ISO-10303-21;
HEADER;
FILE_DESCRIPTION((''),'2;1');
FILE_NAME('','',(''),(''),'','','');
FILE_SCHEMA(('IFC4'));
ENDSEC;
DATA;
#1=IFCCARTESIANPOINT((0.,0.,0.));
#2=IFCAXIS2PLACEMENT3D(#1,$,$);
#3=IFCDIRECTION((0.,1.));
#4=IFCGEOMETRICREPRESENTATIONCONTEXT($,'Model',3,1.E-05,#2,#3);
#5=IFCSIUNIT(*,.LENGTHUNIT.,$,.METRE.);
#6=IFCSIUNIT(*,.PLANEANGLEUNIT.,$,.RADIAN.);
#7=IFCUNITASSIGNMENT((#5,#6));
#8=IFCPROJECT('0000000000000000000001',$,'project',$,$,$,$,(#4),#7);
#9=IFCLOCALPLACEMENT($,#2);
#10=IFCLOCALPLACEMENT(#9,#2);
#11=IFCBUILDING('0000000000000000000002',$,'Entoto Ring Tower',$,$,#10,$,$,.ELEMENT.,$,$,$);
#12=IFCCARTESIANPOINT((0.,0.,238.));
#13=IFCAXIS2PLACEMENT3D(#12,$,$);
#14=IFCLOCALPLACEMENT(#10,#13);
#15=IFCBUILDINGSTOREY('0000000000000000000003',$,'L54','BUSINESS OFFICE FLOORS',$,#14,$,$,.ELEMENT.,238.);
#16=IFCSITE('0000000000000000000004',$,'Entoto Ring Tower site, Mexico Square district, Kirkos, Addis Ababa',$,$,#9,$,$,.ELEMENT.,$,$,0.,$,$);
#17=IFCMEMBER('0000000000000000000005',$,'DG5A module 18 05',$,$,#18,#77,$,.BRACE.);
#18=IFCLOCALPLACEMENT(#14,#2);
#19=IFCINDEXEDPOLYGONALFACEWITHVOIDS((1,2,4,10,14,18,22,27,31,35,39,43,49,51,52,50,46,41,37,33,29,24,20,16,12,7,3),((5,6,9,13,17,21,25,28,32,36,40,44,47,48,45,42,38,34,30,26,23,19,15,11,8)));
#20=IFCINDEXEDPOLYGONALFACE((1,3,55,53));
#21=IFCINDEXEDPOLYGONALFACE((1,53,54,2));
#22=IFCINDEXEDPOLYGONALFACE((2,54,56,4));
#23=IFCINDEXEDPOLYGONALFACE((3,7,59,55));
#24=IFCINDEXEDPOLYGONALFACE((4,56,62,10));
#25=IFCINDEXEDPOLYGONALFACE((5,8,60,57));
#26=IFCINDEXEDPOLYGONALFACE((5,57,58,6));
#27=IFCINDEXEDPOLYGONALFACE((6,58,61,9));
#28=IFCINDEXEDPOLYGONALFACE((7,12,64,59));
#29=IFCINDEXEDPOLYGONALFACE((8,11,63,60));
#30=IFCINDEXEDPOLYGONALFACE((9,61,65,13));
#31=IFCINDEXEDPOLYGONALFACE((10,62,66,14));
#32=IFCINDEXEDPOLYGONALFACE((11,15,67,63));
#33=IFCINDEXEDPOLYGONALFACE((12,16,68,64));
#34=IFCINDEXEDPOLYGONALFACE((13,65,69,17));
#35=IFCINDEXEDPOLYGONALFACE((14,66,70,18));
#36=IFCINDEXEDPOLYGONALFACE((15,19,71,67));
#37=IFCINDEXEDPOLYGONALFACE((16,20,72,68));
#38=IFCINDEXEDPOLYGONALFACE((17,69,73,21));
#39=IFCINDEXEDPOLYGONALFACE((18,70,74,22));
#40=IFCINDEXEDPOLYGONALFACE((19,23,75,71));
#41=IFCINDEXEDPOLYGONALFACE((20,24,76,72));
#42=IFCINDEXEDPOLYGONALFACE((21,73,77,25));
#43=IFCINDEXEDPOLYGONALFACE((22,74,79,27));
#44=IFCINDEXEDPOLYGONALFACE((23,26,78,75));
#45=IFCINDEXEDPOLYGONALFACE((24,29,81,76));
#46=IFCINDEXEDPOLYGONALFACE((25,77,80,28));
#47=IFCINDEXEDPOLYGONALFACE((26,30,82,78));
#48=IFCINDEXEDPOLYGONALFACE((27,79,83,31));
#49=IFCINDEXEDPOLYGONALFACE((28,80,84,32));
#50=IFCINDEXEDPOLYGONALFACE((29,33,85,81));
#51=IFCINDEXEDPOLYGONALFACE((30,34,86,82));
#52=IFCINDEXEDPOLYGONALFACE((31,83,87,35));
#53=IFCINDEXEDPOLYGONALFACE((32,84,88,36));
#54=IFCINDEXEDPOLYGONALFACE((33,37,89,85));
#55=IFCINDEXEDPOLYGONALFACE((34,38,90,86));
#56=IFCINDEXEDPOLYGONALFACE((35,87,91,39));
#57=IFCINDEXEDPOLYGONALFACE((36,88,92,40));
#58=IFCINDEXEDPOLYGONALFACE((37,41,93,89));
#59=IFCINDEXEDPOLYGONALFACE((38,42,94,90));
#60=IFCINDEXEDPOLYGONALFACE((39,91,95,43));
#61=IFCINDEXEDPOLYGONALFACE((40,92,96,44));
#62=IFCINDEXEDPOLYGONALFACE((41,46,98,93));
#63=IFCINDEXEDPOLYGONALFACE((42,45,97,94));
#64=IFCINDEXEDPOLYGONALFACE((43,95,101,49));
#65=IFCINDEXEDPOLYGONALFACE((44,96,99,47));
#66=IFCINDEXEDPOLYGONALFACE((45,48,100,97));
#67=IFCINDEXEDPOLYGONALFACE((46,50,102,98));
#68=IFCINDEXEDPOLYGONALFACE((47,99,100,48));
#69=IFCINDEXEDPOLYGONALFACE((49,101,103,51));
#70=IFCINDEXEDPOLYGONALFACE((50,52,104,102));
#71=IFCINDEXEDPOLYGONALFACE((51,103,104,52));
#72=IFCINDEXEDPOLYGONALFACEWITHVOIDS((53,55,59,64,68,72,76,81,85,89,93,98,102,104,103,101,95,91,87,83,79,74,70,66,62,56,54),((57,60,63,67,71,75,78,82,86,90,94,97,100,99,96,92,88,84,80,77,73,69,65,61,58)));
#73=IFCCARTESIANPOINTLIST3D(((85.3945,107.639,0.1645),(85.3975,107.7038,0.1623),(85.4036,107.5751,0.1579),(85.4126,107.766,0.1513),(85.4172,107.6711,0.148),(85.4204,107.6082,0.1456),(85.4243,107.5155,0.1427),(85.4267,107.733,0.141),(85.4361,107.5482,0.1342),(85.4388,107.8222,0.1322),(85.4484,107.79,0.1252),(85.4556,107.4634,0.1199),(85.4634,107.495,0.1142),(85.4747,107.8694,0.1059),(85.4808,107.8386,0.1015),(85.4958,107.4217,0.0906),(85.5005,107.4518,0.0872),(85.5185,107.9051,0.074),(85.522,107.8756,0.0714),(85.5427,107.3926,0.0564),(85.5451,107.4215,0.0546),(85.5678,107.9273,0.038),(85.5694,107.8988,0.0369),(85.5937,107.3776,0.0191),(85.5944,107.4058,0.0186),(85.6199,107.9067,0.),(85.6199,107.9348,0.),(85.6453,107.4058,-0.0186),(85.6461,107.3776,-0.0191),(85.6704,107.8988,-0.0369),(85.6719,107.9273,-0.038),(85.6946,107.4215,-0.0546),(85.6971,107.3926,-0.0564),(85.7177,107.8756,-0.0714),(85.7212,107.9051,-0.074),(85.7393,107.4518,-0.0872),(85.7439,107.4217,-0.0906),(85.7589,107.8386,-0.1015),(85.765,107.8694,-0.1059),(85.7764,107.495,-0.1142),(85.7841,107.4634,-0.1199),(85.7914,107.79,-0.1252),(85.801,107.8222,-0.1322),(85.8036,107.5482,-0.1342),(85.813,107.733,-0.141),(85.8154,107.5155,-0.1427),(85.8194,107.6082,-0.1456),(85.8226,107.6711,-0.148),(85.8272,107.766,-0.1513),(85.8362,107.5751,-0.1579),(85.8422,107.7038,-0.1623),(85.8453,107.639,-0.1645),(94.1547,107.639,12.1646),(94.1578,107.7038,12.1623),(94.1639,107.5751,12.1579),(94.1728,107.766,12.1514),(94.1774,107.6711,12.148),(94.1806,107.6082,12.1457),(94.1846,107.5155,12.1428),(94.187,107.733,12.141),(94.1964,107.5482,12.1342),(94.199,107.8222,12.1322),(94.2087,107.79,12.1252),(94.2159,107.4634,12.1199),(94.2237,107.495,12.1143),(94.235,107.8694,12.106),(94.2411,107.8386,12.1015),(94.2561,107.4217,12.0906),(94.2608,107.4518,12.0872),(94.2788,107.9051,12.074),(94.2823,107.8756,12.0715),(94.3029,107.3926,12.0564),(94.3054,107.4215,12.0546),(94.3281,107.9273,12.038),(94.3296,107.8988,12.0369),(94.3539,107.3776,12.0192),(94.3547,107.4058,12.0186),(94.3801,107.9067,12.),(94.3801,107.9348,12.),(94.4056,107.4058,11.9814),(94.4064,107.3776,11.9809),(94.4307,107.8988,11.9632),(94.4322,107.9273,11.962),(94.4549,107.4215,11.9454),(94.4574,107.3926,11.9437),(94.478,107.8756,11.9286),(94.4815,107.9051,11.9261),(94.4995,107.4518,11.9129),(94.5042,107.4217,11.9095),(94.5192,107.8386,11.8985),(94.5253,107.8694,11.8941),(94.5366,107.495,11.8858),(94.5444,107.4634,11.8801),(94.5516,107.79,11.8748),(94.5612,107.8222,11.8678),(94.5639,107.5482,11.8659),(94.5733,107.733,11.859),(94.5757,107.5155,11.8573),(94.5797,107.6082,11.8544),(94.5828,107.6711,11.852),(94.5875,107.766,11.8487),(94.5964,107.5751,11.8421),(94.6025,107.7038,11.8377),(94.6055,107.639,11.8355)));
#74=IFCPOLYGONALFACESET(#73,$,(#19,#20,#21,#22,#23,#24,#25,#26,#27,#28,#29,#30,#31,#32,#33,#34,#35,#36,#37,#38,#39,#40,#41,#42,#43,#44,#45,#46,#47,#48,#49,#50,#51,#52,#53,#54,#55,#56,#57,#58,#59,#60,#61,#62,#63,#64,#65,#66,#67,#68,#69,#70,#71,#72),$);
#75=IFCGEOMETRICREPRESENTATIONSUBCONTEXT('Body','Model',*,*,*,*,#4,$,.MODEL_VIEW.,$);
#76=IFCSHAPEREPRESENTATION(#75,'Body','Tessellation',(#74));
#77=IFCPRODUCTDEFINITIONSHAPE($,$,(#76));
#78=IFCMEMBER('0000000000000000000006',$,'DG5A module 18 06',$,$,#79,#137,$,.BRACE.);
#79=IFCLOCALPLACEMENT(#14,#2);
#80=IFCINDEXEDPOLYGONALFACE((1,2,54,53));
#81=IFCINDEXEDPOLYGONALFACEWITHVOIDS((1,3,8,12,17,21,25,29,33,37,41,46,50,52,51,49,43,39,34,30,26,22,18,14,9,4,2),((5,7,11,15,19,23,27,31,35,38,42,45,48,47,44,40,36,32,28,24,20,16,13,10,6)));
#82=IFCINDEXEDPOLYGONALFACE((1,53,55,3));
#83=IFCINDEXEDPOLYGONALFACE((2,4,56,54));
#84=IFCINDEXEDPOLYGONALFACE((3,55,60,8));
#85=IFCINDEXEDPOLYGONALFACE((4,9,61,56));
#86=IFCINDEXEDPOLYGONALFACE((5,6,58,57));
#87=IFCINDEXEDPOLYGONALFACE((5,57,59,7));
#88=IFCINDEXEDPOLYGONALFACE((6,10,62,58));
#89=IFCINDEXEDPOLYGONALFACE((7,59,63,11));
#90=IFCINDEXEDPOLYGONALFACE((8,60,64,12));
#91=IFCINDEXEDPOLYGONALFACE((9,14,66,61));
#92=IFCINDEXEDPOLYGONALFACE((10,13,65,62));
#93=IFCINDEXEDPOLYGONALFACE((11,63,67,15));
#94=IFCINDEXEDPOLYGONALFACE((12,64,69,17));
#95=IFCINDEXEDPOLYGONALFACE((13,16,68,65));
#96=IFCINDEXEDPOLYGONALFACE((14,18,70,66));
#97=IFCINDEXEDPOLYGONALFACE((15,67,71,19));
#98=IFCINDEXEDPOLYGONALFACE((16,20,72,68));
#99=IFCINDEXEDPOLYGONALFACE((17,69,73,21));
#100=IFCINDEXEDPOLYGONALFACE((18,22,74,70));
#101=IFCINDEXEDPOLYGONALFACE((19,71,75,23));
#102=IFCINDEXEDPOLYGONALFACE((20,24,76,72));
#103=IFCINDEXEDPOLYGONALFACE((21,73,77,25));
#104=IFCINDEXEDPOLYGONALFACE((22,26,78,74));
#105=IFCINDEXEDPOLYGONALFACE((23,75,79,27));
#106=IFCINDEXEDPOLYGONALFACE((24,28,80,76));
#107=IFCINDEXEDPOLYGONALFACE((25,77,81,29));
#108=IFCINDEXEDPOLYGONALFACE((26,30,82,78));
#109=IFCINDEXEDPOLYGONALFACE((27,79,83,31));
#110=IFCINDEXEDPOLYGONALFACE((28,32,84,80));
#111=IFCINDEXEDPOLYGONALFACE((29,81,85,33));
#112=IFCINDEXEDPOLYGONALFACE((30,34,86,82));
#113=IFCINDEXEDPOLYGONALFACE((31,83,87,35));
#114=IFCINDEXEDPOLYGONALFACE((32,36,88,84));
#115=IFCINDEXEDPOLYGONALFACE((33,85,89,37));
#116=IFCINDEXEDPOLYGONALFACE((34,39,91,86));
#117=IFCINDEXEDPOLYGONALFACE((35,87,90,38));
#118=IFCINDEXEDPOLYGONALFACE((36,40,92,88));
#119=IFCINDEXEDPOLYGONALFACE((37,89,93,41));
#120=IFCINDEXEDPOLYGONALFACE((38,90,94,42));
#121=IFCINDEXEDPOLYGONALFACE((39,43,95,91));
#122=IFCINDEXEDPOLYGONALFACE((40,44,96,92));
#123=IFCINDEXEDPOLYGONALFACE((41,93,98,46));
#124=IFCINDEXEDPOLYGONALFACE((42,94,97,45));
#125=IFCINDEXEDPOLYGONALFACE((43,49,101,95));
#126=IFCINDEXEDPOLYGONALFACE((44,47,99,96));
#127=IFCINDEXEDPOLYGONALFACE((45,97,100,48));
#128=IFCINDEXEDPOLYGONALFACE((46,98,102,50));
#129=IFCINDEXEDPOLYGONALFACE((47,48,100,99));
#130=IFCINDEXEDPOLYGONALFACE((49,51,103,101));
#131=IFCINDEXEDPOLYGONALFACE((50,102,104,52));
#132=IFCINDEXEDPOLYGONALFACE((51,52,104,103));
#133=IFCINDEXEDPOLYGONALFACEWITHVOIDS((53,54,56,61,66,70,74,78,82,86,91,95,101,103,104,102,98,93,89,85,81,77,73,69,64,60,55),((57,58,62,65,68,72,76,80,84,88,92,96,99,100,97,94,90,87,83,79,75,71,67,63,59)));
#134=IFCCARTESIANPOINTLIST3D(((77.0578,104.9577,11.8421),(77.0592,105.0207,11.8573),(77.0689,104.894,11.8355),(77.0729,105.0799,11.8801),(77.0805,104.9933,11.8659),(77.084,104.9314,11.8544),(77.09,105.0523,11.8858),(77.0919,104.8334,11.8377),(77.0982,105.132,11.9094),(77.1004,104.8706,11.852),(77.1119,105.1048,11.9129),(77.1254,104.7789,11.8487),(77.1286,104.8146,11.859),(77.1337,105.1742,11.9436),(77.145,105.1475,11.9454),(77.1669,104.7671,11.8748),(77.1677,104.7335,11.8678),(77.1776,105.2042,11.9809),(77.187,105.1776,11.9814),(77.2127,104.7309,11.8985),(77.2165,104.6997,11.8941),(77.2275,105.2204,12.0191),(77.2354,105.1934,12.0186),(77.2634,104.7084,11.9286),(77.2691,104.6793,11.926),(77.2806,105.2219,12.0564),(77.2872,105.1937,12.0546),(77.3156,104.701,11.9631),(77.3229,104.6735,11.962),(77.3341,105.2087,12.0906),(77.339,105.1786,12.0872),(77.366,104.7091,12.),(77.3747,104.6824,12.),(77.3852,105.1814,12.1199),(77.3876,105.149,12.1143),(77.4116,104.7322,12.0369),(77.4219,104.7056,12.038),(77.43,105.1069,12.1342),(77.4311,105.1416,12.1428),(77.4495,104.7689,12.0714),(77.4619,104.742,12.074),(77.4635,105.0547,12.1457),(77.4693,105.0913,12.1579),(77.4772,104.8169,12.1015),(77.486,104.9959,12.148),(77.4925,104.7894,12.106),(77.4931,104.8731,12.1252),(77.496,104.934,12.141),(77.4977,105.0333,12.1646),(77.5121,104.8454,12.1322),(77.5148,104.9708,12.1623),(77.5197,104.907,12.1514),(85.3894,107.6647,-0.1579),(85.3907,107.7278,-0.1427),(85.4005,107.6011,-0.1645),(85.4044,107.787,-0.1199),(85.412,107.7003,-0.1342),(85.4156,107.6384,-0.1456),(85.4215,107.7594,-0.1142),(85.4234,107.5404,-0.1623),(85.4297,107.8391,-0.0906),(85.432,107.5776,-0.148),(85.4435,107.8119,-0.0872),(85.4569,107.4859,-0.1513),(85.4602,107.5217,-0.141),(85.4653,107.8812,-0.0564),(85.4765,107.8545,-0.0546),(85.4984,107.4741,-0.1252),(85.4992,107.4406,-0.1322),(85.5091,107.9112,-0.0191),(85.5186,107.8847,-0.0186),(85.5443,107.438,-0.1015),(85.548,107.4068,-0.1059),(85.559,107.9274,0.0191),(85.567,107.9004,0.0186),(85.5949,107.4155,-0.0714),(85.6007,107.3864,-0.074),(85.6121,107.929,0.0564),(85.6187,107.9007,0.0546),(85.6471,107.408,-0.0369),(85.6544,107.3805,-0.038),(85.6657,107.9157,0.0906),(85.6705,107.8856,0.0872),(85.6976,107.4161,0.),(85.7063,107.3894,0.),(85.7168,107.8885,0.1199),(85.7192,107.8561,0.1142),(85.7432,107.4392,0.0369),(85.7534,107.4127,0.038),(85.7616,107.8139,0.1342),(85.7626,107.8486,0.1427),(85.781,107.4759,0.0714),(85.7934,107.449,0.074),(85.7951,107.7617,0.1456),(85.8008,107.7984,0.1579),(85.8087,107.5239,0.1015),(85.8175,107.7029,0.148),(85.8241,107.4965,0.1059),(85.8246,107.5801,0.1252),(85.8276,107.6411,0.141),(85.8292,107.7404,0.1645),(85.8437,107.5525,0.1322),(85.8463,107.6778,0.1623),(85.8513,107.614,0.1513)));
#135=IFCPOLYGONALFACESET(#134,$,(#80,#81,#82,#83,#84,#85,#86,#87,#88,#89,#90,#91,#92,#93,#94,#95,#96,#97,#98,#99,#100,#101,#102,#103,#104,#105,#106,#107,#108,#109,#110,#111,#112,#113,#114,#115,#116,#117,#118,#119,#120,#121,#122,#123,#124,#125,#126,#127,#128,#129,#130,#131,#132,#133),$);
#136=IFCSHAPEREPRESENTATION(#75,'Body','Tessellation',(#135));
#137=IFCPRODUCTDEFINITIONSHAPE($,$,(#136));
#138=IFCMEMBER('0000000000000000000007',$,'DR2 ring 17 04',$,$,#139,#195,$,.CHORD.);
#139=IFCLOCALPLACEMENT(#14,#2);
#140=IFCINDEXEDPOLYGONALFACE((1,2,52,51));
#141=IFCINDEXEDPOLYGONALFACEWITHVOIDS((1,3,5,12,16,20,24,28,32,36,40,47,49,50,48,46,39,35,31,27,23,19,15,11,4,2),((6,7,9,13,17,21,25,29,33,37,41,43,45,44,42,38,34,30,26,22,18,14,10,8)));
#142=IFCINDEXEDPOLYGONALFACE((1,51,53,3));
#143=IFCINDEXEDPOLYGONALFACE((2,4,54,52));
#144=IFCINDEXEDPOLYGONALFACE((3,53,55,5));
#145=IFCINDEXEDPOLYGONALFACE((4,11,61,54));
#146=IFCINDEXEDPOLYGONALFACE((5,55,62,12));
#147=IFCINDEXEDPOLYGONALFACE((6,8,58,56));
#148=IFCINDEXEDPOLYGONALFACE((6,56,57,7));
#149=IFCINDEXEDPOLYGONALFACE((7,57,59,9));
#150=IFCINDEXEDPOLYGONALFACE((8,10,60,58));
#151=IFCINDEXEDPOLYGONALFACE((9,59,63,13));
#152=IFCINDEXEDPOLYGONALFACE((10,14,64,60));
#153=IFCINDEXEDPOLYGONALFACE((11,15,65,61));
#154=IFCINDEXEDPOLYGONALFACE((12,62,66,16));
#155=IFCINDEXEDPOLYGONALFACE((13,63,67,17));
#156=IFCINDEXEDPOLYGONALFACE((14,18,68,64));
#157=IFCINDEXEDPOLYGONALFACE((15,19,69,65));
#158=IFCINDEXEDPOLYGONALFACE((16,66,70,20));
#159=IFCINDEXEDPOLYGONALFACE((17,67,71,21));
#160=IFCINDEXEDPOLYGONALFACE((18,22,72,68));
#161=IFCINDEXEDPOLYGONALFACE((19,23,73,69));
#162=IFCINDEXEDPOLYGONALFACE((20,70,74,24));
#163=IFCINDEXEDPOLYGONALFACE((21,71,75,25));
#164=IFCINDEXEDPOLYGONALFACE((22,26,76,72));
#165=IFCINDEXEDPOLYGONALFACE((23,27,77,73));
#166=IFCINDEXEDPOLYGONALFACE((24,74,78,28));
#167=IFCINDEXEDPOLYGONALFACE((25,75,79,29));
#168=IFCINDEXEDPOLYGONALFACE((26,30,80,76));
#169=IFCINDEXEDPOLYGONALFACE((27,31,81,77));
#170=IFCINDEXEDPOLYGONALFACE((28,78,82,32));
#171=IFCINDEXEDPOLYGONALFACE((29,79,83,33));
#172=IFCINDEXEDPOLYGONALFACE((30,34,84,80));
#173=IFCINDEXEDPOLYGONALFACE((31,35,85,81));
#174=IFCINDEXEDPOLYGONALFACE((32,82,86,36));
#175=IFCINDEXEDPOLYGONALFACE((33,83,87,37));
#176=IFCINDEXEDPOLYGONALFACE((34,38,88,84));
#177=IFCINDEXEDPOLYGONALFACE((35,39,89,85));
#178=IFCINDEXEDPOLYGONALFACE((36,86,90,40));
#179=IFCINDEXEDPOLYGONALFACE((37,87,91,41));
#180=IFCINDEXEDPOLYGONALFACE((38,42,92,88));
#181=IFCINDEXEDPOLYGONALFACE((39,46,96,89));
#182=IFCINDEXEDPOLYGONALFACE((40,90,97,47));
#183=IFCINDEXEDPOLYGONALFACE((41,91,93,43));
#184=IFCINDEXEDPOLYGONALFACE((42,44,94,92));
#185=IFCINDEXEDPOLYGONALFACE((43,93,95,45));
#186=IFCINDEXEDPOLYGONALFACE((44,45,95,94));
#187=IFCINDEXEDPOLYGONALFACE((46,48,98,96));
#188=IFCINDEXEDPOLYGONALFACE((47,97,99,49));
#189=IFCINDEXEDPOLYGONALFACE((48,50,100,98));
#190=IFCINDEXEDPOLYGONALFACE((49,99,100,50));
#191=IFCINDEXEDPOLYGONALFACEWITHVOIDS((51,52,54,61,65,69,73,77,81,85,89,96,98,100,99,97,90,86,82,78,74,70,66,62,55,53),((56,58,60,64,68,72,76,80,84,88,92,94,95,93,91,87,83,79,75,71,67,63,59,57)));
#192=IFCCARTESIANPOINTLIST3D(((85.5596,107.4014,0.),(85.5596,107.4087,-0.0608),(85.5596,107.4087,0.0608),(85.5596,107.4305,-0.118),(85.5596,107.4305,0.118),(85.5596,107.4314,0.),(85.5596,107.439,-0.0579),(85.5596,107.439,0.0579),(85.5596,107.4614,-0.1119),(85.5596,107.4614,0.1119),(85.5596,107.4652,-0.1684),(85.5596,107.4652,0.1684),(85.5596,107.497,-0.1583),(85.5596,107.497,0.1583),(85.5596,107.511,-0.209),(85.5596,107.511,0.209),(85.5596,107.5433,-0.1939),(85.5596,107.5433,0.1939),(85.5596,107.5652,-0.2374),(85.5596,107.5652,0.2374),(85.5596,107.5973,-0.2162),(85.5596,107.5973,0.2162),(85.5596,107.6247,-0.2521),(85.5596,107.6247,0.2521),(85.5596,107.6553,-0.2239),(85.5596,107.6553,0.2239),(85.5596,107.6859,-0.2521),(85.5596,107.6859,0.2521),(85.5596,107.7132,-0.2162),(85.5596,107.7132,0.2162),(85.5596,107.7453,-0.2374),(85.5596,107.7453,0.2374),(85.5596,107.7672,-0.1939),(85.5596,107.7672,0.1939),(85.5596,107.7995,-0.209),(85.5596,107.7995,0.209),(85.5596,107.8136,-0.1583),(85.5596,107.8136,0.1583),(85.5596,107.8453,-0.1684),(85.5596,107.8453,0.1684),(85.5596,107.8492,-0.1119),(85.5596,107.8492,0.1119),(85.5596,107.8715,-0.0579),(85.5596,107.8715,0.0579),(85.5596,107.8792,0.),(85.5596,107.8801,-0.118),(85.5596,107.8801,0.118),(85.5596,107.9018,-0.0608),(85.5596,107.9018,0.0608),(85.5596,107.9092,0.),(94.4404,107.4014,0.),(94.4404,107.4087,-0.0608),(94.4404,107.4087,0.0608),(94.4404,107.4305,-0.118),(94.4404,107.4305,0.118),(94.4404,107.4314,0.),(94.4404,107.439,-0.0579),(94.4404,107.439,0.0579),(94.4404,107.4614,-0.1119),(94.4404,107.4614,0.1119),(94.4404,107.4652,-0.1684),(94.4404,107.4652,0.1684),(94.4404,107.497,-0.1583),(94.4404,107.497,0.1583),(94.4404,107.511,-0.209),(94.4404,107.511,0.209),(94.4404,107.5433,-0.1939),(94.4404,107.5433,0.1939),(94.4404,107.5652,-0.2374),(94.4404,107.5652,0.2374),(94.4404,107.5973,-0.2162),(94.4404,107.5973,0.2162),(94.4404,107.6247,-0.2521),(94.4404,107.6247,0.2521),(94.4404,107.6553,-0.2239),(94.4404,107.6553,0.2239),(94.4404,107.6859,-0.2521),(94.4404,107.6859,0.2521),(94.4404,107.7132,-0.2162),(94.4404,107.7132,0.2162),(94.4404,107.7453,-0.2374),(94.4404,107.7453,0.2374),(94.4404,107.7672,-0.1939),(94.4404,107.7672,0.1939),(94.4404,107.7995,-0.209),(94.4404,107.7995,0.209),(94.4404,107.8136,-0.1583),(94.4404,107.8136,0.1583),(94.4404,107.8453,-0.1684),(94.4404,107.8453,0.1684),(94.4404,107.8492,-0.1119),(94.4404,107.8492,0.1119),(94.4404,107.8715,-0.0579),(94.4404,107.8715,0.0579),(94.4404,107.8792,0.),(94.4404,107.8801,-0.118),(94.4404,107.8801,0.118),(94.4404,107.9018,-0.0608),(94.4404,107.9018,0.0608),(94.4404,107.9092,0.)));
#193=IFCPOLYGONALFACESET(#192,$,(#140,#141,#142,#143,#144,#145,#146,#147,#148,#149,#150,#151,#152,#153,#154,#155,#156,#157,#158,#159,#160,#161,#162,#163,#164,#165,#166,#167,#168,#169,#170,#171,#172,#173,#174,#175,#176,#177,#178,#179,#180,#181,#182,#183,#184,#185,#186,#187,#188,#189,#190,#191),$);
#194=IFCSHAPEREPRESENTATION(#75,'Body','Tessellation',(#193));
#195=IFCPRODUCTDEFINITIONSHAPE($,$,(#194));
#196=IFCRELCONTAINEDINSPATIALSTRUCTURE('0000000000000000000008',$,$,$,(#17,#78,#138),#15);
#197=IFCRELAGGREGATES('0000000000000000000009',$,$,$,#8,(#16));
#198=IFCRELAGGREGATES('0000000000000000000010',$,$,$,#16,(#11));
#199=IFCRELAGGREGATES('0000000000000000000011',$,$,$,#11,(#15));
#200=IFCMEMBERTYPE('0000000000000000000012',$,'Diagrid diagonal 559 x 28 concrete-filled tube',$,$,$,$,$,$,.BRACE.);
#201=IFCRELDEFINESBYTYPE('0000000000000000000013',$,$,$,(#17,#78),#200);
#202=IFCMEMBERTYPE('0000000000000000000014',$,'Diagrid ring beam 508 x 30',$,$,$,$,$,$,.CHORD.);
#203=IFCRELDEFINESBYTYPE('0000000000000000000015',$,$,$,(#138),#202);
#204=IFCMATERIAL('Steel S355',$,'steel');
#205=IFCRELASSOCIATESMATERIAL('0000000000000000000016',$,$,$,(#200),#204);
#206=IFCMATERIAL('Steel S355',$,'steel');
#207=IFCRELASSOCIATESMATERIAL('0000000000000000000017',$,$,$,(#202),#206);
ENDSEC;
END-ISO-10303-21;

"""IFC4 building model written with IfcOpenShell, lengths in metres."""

from ifc_helpers import new_model, si_unit, direction, frame, origin, origin_2d, place, context, subcontext, project, spatial, circle, hollow_circle, extrude, material, material_profile, profile_set, type_object, element, save


model = new_model("IFC4")

# Units and contexts
model_context = context("Model", 3, precision=1e-05, world=origin(), true_north=direction((0.0, 1.0)))
body_context = subcontext(model_context, "Body", "Model", "MODEL_VIEW")
ifc_project = project(units=[si_unit("LENGTHUNIT", "METRE"), si_unit("PLANEANGLEUNIT", "RADIAN")], contexts=[model_context])

# Site, building, storey
site_placement = place(None, origin())
site = spatial("IfcSite", under=ifc_project, at=site_placement, Name="Entoto Ring Tower site, Mexico Square district, Kirkos, Addis Ababa", CompositionType="ELEMENT", RefElevation=0.0)
building_placement = place(site_placement, origin())
building = spatial("IfcBuilding", under=site, at=building_placement, Name="Entoto Ring Tower", CompositionType="ELEMENT")
storey_placement = place(building_placement, frame((0.0, 0.0, 238.0)))
storey = spatial("IfcBuildingStorey", under=building, at=storey_placement, Name="L54", Description="BUSINESS OFFICE FLOORS", CompositionType="ELEMENT", Elevation=238.0)

# Members
ifc_material_1 = material(Name="Steel S355", Category="steel")
ifc_material_profile_1 = material_profile(ifc_material_1, hollow_circle(Radius=0.2795, WallThickness=0.0281, at=origin_2d()), Name="CHS 559 x 28")
ifc_material_2 = material(Name="Concrete C60/75", Category="concrete")
ifc_material_profile_2 = material_profile(ifc_material_2, circle(Radius=0.2515, at=origin_2d()), Name="Concrete C60/75 infill")
ifc_profile_set_1 = profile_set([ifc_material_profile_1, ifc_material_profile_2], Name="Steel S355")
member_type_1 = type_object("IfcMemberType", Name="Diagrid diagonal 559 x 28 concrete-filled tube", PredefinedType="BRACE", material=ifc_profile_set_1)
for number, where, z_axis, x_axis, name in (
    (1, (85.6199, 107.6553, 0.0), (0.589623, 0.0, 0.807679), (0.0, 1.0, 0.0), "DG5A module 18 05"),
    (2, (85.6199, 107.6553, 0.0), (-0.560767, -0.182201, 0.807678), (0.309012, -0.951058, 0.0), "DG5A module 18 06"),
):
    element("IfcMember", number, at=place(storey_placement, frame(where, z_axis=z_axis, x_axis=x_axis)), inside=storey, type_object=member_type_1, Name=name, PredefinedType="BRACE", context=body_context, shape_type="SweptSolid", body=[
        extrude(hollow_circle(Radius=0.2795, WallThickness=0.0281, at=origin_2d()), origin(), (0.0, 0.0, 1.0), 14.8574),
    ])
ifc_material_3 = material(Name="Steel S355", Category="steel")
ifc_material_profile_3 = material_profile(ifc_material_3, hollow_circle(Radius=0.2539, WallThickness=0.03, at=origin_2d()), Name="CHS 508 x 30")
ifc_material_4 = material(Name="Concrete C60/75", Category="concrete")
ifc_material_profile_4 = material_profile(ifc_material_4, circle(Radius=0.2241, at=origin_2d()), Name="Concrete C60/75 infill")
ifc_profile_set_2 = profile_set([ifc_material_profile_3, ifc_material_profile_4], Name="Steel S355")
member_type_2 = type_object("IfcMemberType", Name="Diagrid ring beam 508 x 30", PredefinedType="CHORD", material=ifc_profile_set_2)
member_1_placement = place(storey_placement, frame((94.4404, 107.6553, 0.0), z_axis=(-1.0, 0.0, 0.0), x_axis=(0.0, -1.0, 0.0)))
element("IfcMember", 3, at=member_1_placement, inside=storey, type_object=member_type_2, Name="DR2 ring 17 04", PredefinedType="CHORD", context=body_context, shape_type="SweptSolid", body=[
    extrude(hollow_circle(Radius=0.2539, WallThickness=0.03, at=origin_2d()), origin(), (0.0, 0.0, 1.0), 8.8809),
])

save(model, "model.ifc")
